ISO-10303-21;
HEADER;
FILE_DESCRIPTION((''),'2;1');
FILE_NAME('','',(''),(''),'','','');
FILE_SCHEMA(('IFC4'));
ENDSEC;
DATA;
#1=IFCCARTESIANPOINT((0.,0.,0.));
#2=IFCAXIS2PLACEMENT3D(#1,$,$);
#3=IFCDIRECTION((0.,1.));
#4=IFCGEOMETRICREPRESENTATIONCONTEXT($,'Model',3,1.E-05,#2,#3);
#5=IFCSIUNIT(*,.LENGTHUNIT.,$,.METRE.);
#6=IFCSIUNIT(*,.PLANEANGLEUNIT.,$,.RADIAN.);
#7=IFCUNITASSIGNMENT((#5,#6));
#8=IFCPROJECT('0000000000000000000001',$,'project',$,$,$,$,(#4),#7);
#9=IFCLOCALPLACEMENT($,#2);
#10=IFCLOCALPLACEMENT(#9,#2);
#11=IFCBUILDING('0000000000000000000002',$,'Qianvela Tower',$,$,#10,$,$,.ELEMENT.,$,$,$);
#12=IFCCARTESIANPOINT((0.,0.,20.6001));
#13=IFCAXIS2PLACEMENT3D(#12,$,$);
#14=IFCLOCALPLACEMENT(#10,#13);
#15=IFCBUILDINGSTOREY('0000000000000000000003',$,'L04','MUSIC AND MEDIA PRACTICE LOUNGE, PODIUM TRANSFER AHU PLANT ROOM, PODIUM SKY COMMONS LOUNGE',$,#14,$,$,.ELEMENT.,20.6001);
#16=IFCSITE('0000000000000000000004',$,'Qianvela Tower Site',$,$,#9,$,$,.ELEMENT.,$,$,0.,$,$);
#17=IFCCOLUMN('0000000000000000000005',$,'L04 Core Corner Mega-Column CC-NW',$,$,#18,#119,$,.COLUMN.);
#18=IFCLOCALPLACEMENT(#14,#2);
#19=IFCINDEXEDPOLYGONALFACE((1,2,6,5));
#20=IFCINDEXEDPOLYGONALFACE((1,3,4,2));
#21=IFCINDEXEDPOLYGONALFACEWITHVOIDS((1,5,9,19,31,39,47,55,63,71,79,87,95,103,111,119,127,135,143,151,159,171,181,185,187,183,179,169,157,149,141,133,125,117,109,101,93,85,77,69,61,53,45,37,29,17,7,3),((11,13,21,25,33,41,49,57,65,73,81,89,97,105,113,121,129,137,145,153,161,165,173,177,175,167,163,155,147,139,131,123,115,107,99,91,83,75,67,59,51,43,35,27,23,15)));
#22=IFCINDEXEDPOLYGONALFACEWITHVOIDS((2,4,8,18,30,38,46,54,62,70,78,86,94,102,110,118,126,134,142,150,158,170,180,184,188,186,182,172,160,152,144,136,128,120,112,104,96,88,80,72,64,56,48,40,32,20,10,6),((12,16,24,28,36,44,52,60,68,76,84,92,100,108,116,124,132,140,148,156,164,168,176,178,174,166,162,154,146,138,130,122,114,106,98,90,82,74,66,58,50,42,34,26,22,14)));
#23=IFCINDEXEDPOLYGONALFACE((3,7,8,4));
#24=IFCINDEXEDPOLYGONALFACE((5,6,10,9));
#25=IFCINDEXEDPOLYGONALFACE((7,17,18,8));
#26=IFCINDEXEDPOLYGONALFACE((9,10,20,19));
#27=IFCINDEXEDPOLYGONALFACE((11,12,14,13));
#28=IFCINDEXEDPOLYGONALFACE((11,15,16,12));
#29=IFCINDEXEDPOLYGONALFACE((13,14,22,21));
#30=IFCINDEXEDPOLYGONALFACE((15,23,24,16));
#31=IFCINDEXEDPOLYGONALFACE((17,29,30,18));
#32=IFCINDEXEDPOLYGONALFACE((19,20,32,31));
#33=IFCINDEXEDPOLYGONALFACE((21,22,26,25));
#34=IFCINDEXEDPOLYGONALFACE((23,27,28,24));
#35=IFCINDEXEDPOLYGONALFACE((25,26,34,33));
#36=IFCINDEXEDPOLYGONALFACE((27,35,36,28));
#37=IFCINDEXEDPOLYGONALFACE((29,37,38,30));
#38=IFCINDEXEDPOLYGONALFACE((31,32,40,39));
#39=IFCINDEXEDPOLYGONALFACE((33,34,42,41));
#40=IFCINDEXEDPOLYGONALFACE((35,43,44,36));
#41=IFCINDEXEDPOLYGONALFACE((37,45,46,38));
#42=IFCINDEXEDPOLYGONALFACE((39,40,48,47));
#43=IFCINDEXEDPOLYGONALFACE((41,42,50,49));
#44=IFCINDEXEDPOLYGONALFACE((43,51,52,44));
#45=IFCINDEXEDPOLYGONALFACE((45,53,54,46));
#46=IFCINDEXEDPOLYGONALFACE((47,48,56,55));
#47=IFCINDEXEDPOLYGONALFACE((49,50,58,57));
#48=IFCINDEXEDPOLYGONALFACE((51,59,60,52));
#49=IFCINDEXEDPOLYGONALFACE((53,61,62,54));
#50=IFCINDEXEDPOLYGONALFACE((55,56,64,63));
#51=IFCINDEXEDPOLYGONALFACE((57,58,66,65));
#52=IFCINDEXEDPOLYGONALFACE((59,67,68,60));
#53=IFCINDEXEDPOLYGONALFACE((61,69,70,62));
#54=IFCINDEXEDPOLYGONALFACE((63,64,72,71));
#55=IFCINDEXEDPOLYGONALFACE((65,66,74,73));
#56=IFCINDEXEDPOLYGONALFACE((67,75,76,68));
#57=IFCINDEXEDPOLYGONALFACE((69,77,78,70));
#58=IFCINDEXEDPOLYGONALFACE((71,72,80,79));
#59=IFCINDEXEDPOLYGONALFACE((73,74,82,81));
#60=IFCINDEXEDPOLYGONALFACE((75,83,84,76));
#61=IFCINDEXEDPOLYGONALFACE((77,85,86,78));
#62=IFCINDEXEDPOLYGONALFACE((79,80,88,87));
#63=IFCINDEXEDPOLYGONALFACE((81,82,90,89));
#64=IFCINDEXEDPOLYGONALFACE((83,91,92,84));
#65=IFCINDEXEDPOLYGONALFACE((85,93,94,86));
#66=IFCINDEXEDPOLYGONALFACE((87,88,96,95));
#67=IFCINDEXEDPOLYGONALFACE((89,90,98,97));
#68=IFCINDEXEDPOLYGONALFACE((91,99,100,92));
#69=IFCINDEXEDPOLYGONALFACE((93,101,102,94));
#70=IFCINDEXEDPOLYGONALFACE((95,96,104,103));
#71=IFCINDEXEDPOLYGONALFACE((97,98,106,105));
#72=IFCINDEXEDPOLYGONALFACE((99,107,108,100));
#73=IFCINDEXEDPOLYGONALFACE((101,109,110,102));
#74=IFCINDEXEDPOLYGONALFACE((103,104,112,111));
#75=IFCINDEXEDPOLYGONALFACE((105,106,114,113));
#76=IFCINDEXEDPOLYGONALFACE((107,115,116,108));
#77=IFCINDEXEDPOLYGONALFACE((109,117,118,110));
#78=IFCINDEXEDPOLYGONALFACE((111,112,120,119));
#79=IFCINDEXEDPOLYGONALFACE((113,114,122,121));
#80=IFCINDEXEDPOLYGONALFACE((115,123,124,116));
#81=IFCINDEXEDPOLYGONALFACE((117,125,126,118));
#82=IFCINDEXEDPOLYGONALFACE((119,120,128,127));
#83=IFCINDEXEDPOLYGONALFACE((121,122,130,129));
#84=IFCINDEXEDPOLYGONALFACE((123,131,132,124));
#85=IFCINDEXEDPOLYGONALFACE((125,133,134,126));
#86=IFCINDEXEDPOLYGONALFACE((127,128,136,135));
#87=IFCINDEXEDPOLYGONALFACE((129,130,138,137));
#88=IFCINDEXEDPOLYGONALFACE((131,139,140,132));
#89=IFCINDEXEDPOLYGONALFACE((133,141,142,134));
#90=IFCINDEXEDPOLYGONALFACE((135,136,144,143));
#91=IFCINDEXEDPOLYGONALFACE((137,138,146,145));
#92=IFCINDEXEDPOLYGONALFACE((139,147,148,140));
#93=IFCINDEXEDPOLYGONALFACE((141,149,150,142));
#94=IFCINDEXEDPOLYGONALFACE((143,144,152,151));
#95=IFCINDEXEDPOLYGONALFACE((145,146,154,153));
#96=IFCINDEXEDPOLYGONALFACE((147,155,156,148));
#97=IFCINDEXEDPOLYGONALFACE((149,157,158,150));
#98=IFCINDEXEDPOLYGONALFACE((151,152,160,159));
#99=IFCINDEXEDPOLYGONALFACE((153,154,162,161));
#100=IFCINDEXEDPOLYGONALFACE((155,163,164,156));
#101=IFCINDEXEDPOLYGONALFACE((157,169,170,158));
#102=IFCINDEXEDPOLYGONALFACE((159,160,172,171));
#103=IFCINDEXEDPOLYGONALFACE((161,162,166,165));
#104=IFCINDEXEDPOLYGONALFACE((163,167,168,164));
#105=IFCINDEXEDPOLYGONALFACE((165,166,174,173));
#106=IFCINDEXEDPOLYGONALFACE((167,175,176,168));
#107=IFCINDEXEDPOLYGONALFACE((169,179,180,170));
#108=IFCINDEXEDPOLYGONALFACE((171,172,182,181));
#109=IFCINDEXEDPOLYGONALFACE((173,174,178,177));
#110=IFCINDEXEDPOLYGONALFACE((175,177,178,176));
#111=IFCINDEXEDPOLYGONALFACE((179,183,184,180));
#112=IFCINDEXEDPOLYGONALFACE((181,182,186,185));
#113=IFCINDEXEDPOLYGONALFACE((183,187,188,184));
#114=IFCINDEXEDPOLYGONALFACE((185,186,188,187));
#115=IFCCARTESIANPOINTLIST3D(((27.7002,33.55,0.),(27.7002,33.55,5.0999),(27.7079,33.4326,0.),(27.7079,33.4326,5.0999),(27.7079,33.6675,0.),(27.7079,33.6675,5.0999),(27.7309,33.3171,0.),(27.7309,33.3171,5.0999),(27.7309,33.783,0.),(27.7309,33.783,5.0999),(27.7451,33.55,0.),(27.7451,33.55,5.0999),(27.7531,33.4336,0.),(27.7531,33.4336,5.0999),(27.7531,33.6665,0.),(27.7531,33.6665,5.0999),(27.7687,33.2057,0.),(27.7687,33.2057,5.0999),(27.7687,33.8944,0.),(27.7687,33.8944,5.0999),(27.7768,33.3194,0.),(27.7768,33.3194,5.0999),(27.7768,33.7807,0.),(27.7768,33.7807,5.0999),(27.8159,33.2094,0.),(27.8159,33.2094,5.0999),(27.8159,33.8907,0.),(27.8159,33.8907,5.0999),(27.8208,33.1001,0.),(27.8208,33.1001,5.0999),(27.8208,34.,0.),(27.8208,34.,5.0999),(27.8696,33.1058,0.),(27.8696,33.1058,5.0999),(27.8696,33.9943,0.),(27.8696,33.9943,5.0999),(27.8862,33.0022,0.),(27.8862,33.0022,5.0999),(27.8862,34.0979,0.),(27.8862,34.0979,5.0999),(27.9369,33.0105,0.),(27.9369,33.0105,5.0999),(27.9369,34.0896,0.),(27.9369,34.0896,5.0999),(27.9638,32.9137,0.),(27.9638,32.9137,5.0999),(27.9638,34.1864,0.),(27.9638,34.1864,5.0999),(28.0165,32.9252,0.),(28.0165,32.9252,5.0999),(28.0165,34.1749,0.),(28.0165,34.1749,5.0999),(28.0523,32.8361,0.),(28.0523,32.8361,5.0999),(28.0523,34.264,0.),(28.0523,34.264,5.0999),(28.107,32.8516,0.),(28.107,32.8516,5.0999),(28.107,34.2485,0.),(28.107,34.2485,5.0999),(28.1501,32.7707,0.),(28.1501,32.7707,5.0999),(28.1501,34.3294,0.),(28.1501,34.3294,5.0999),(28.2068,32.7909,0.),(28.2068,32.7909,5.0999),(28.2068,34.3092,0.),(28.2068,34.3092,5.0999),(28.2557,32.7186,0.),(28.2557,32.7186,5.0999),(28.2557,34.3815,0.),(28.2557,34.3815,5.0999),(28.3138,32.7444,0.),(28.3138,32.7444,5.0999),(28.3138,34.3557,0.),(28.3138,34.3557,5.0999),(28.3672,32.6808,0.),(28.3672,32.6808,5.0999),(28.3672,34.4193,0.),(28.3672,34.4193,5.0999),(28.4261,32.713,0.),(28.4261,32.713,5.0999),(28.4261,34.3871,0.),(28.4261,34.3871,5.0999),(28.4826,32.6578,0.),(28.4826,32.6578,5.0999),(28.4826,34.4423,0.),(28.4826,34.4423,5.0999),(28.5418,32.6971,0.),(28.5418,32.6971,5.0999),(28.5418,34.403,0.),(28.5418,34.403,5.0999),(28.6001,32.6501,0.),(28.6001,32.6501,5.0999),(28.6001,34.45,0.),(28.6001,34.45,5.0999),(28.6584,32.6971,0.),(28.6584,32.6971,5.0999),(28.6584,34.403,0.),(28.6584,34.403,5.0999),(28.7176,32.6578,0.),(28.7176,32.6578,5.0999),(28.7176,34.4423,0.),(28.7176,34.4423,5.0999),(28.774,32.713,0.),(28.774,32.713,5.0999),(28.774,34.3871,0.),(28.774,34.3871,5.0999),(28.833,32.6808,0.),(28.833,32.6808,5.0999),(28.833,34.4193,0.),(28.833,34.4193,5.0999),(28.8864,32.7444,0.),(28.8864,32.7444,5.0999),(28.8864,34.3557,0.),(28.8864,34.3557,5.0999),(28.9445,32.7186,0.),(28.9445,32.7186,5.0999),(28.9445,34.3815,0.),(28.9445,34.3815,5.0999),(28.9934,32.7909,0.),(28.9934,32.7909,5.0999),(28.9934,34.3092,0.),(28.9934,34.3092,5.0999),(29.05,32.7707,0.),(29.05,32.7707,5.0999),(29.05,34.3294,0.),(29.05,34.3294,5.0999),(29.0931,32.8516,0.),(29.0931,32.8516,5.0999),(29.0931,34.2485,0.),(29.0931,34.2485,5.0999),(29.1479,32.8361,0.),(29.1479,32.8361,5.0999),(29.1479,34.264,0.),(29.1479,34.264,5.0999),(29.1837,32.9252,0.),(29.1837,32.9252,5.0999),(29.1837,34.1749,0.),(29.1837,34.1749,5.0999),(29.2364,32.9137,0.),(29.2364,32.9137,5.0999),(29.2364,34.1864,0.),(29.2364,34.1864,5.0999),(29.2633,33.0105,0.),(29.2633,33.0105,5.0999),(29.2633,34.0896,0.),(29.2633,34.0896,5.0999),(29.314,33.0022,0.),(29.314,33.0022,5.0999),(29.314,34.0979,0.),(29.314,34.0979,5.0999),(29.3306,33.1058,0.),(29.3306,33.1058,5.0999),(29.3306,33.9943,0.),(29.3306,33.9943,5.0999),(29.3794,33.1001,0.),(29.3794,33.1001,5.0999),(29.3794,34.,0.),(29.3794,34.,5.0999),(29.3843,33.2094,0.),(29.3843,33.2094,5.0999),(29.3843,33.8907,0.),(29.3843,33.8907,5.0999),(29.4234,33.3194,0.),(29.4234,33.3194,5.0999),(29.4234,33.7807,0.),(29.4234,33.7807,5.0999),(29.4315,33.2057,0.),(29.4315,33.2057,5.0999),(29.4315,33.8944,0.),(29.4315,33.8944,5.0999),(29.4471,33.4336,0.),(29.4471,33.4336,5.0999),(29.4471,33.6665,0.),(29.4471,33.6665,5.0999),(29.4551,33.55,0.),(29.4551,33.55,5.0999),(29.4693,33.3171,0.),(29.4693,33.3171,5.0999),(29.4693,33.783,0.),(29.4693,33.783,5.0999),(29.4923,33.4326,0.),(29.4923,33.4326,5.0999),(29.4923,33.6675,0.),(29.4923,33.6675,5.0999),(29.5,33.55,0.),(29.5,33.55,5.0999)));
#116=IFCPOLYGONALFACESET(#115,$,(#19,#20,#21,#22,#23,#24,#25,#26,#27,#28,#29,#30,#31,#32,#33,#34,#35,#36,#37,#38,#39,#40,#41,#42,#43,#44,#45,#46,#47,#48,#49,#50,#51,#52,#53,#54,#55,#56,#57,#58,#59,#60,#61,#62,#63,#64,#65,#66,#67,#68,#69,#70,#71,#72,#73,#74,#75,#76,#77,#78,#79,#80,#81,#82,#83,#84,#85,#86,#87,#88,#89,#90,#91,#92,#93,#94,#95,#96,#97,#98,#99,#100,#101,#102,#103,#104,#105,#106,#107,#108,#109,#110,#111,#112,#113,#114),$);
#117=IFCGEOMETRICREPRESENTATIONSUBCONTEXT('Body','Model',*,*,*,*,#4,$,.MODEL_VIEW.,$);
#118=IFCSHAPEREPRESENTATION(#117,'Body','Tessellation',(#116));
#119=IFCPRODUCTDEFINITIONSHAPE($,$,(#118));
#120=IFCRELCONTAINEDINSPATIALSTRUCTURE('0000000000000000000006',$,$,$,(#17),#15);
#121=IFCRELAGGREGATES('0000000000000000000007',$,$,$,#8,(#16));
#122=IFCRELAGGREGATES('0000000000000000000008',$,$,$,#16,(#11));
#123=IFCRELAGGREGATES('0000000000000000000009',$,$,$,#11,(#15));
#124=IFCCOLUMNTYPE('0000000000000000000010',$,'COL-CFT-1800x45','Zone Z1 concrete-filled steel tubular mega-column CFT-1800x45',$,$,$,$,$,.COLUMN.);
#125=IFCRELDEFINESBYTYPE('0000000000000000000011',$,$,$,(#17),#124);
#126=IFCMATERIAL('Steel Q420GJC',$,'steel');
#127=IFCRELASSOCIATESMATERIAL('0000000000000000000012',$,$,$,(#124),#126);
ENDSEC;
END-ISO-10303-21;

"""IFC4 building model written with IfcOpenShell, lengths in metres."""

from ifc_helpers import new_model, si_unit, direction, frame, origin, origin_2d, place, context, subcontext, project, spatial, hollow_circle, extrude, material, material_profile, profile_set, type_object, element, save


model = new_model("IFC4")

# Units and contexts
model_context = context("Model", 3, precision=1e-05, world=origin(), true_north=direction((0.0, 1.0)))
body_context = subcontext(model_context, "Body", "Model", "MODEL_VIEW")
ifc_project = project(units=[si_unit("LENGTHUNIT", "METRE"), si_unit("PLANEANGLEUNIT", "RADIAN")], contexts=[model_context])

# Site, building, storey
site_placement = place(None, origin())
site = spatial("IfcSite", under=ifc_project, at=site_placement, Name="Qianvela Tower Site", CompositionType="ELEMENT", RefElevation=0.0)
building_placement = place(site_placement, origin())
building = spatial("IfcBuilding", under=site, at=building_placement, Name="Qianvela Tower", CompositionType="ELEMENT")
storey_placement = place(building_placement, frame((0.0, 0.0, 20.6001)))
storey = spatial("IfcBuildingStorey", under=building, at=storey_placement, Name="L04", Description="MUSIC AND MEDIA PRACTICE LOUNGE, PODIUM TRANSFER AHU PLANT ROOM, PODIUM SKY COMMONS LOUNGE", CompositionType="ELEMENT", Elevation=20.6001)

# Column
ifc_material_1 = material(Name="Steel Q420GJC", Category="steel")
ifc_material_profile_1 = material_profile(ifc_material_1, hollow_circle(Radius=0.8999, WallThickness=0.0449, at=origin_2d()), Name="CFT-1800x45")
ifc_profile_set_1 = profile_set([ifc_material_profile_1], Name="Steel Q420GJC")
column_type = type_object("IfcColumnType", Name="COL-CFT-1800x45", Description="Zone Z1 concrete-filled steel tubular mega-column CFT-1800x45", PredefinedType="COLUMN", material=ifc_profile_set_1)
for number, where, z_axis, x_axis, name in (
    (1, (28.6001, 33.55, 0.0), (0.0, 0.0, 1.0), (1.0, 0.0, 0.0), "L04 Core Corner Mega-Column CC-NW"),
):
    element("IfcColumn", number, at=place(storey_placement, frame(where, z_axis=z_axis, x_axis=x_axis)), inside=storey, type_object=column_type, Name=name, PredefinedType="COLUMN", context=body_context, shape_type="SweptSolid", body=[
        extrude(hollow_circle(Radius=0.8999, WallThickness=0.0449, at=origin_2d()), origin(), (0.0, 0.0, 1.0), 5.0999),
    ])

save(model, "model.ifc")
